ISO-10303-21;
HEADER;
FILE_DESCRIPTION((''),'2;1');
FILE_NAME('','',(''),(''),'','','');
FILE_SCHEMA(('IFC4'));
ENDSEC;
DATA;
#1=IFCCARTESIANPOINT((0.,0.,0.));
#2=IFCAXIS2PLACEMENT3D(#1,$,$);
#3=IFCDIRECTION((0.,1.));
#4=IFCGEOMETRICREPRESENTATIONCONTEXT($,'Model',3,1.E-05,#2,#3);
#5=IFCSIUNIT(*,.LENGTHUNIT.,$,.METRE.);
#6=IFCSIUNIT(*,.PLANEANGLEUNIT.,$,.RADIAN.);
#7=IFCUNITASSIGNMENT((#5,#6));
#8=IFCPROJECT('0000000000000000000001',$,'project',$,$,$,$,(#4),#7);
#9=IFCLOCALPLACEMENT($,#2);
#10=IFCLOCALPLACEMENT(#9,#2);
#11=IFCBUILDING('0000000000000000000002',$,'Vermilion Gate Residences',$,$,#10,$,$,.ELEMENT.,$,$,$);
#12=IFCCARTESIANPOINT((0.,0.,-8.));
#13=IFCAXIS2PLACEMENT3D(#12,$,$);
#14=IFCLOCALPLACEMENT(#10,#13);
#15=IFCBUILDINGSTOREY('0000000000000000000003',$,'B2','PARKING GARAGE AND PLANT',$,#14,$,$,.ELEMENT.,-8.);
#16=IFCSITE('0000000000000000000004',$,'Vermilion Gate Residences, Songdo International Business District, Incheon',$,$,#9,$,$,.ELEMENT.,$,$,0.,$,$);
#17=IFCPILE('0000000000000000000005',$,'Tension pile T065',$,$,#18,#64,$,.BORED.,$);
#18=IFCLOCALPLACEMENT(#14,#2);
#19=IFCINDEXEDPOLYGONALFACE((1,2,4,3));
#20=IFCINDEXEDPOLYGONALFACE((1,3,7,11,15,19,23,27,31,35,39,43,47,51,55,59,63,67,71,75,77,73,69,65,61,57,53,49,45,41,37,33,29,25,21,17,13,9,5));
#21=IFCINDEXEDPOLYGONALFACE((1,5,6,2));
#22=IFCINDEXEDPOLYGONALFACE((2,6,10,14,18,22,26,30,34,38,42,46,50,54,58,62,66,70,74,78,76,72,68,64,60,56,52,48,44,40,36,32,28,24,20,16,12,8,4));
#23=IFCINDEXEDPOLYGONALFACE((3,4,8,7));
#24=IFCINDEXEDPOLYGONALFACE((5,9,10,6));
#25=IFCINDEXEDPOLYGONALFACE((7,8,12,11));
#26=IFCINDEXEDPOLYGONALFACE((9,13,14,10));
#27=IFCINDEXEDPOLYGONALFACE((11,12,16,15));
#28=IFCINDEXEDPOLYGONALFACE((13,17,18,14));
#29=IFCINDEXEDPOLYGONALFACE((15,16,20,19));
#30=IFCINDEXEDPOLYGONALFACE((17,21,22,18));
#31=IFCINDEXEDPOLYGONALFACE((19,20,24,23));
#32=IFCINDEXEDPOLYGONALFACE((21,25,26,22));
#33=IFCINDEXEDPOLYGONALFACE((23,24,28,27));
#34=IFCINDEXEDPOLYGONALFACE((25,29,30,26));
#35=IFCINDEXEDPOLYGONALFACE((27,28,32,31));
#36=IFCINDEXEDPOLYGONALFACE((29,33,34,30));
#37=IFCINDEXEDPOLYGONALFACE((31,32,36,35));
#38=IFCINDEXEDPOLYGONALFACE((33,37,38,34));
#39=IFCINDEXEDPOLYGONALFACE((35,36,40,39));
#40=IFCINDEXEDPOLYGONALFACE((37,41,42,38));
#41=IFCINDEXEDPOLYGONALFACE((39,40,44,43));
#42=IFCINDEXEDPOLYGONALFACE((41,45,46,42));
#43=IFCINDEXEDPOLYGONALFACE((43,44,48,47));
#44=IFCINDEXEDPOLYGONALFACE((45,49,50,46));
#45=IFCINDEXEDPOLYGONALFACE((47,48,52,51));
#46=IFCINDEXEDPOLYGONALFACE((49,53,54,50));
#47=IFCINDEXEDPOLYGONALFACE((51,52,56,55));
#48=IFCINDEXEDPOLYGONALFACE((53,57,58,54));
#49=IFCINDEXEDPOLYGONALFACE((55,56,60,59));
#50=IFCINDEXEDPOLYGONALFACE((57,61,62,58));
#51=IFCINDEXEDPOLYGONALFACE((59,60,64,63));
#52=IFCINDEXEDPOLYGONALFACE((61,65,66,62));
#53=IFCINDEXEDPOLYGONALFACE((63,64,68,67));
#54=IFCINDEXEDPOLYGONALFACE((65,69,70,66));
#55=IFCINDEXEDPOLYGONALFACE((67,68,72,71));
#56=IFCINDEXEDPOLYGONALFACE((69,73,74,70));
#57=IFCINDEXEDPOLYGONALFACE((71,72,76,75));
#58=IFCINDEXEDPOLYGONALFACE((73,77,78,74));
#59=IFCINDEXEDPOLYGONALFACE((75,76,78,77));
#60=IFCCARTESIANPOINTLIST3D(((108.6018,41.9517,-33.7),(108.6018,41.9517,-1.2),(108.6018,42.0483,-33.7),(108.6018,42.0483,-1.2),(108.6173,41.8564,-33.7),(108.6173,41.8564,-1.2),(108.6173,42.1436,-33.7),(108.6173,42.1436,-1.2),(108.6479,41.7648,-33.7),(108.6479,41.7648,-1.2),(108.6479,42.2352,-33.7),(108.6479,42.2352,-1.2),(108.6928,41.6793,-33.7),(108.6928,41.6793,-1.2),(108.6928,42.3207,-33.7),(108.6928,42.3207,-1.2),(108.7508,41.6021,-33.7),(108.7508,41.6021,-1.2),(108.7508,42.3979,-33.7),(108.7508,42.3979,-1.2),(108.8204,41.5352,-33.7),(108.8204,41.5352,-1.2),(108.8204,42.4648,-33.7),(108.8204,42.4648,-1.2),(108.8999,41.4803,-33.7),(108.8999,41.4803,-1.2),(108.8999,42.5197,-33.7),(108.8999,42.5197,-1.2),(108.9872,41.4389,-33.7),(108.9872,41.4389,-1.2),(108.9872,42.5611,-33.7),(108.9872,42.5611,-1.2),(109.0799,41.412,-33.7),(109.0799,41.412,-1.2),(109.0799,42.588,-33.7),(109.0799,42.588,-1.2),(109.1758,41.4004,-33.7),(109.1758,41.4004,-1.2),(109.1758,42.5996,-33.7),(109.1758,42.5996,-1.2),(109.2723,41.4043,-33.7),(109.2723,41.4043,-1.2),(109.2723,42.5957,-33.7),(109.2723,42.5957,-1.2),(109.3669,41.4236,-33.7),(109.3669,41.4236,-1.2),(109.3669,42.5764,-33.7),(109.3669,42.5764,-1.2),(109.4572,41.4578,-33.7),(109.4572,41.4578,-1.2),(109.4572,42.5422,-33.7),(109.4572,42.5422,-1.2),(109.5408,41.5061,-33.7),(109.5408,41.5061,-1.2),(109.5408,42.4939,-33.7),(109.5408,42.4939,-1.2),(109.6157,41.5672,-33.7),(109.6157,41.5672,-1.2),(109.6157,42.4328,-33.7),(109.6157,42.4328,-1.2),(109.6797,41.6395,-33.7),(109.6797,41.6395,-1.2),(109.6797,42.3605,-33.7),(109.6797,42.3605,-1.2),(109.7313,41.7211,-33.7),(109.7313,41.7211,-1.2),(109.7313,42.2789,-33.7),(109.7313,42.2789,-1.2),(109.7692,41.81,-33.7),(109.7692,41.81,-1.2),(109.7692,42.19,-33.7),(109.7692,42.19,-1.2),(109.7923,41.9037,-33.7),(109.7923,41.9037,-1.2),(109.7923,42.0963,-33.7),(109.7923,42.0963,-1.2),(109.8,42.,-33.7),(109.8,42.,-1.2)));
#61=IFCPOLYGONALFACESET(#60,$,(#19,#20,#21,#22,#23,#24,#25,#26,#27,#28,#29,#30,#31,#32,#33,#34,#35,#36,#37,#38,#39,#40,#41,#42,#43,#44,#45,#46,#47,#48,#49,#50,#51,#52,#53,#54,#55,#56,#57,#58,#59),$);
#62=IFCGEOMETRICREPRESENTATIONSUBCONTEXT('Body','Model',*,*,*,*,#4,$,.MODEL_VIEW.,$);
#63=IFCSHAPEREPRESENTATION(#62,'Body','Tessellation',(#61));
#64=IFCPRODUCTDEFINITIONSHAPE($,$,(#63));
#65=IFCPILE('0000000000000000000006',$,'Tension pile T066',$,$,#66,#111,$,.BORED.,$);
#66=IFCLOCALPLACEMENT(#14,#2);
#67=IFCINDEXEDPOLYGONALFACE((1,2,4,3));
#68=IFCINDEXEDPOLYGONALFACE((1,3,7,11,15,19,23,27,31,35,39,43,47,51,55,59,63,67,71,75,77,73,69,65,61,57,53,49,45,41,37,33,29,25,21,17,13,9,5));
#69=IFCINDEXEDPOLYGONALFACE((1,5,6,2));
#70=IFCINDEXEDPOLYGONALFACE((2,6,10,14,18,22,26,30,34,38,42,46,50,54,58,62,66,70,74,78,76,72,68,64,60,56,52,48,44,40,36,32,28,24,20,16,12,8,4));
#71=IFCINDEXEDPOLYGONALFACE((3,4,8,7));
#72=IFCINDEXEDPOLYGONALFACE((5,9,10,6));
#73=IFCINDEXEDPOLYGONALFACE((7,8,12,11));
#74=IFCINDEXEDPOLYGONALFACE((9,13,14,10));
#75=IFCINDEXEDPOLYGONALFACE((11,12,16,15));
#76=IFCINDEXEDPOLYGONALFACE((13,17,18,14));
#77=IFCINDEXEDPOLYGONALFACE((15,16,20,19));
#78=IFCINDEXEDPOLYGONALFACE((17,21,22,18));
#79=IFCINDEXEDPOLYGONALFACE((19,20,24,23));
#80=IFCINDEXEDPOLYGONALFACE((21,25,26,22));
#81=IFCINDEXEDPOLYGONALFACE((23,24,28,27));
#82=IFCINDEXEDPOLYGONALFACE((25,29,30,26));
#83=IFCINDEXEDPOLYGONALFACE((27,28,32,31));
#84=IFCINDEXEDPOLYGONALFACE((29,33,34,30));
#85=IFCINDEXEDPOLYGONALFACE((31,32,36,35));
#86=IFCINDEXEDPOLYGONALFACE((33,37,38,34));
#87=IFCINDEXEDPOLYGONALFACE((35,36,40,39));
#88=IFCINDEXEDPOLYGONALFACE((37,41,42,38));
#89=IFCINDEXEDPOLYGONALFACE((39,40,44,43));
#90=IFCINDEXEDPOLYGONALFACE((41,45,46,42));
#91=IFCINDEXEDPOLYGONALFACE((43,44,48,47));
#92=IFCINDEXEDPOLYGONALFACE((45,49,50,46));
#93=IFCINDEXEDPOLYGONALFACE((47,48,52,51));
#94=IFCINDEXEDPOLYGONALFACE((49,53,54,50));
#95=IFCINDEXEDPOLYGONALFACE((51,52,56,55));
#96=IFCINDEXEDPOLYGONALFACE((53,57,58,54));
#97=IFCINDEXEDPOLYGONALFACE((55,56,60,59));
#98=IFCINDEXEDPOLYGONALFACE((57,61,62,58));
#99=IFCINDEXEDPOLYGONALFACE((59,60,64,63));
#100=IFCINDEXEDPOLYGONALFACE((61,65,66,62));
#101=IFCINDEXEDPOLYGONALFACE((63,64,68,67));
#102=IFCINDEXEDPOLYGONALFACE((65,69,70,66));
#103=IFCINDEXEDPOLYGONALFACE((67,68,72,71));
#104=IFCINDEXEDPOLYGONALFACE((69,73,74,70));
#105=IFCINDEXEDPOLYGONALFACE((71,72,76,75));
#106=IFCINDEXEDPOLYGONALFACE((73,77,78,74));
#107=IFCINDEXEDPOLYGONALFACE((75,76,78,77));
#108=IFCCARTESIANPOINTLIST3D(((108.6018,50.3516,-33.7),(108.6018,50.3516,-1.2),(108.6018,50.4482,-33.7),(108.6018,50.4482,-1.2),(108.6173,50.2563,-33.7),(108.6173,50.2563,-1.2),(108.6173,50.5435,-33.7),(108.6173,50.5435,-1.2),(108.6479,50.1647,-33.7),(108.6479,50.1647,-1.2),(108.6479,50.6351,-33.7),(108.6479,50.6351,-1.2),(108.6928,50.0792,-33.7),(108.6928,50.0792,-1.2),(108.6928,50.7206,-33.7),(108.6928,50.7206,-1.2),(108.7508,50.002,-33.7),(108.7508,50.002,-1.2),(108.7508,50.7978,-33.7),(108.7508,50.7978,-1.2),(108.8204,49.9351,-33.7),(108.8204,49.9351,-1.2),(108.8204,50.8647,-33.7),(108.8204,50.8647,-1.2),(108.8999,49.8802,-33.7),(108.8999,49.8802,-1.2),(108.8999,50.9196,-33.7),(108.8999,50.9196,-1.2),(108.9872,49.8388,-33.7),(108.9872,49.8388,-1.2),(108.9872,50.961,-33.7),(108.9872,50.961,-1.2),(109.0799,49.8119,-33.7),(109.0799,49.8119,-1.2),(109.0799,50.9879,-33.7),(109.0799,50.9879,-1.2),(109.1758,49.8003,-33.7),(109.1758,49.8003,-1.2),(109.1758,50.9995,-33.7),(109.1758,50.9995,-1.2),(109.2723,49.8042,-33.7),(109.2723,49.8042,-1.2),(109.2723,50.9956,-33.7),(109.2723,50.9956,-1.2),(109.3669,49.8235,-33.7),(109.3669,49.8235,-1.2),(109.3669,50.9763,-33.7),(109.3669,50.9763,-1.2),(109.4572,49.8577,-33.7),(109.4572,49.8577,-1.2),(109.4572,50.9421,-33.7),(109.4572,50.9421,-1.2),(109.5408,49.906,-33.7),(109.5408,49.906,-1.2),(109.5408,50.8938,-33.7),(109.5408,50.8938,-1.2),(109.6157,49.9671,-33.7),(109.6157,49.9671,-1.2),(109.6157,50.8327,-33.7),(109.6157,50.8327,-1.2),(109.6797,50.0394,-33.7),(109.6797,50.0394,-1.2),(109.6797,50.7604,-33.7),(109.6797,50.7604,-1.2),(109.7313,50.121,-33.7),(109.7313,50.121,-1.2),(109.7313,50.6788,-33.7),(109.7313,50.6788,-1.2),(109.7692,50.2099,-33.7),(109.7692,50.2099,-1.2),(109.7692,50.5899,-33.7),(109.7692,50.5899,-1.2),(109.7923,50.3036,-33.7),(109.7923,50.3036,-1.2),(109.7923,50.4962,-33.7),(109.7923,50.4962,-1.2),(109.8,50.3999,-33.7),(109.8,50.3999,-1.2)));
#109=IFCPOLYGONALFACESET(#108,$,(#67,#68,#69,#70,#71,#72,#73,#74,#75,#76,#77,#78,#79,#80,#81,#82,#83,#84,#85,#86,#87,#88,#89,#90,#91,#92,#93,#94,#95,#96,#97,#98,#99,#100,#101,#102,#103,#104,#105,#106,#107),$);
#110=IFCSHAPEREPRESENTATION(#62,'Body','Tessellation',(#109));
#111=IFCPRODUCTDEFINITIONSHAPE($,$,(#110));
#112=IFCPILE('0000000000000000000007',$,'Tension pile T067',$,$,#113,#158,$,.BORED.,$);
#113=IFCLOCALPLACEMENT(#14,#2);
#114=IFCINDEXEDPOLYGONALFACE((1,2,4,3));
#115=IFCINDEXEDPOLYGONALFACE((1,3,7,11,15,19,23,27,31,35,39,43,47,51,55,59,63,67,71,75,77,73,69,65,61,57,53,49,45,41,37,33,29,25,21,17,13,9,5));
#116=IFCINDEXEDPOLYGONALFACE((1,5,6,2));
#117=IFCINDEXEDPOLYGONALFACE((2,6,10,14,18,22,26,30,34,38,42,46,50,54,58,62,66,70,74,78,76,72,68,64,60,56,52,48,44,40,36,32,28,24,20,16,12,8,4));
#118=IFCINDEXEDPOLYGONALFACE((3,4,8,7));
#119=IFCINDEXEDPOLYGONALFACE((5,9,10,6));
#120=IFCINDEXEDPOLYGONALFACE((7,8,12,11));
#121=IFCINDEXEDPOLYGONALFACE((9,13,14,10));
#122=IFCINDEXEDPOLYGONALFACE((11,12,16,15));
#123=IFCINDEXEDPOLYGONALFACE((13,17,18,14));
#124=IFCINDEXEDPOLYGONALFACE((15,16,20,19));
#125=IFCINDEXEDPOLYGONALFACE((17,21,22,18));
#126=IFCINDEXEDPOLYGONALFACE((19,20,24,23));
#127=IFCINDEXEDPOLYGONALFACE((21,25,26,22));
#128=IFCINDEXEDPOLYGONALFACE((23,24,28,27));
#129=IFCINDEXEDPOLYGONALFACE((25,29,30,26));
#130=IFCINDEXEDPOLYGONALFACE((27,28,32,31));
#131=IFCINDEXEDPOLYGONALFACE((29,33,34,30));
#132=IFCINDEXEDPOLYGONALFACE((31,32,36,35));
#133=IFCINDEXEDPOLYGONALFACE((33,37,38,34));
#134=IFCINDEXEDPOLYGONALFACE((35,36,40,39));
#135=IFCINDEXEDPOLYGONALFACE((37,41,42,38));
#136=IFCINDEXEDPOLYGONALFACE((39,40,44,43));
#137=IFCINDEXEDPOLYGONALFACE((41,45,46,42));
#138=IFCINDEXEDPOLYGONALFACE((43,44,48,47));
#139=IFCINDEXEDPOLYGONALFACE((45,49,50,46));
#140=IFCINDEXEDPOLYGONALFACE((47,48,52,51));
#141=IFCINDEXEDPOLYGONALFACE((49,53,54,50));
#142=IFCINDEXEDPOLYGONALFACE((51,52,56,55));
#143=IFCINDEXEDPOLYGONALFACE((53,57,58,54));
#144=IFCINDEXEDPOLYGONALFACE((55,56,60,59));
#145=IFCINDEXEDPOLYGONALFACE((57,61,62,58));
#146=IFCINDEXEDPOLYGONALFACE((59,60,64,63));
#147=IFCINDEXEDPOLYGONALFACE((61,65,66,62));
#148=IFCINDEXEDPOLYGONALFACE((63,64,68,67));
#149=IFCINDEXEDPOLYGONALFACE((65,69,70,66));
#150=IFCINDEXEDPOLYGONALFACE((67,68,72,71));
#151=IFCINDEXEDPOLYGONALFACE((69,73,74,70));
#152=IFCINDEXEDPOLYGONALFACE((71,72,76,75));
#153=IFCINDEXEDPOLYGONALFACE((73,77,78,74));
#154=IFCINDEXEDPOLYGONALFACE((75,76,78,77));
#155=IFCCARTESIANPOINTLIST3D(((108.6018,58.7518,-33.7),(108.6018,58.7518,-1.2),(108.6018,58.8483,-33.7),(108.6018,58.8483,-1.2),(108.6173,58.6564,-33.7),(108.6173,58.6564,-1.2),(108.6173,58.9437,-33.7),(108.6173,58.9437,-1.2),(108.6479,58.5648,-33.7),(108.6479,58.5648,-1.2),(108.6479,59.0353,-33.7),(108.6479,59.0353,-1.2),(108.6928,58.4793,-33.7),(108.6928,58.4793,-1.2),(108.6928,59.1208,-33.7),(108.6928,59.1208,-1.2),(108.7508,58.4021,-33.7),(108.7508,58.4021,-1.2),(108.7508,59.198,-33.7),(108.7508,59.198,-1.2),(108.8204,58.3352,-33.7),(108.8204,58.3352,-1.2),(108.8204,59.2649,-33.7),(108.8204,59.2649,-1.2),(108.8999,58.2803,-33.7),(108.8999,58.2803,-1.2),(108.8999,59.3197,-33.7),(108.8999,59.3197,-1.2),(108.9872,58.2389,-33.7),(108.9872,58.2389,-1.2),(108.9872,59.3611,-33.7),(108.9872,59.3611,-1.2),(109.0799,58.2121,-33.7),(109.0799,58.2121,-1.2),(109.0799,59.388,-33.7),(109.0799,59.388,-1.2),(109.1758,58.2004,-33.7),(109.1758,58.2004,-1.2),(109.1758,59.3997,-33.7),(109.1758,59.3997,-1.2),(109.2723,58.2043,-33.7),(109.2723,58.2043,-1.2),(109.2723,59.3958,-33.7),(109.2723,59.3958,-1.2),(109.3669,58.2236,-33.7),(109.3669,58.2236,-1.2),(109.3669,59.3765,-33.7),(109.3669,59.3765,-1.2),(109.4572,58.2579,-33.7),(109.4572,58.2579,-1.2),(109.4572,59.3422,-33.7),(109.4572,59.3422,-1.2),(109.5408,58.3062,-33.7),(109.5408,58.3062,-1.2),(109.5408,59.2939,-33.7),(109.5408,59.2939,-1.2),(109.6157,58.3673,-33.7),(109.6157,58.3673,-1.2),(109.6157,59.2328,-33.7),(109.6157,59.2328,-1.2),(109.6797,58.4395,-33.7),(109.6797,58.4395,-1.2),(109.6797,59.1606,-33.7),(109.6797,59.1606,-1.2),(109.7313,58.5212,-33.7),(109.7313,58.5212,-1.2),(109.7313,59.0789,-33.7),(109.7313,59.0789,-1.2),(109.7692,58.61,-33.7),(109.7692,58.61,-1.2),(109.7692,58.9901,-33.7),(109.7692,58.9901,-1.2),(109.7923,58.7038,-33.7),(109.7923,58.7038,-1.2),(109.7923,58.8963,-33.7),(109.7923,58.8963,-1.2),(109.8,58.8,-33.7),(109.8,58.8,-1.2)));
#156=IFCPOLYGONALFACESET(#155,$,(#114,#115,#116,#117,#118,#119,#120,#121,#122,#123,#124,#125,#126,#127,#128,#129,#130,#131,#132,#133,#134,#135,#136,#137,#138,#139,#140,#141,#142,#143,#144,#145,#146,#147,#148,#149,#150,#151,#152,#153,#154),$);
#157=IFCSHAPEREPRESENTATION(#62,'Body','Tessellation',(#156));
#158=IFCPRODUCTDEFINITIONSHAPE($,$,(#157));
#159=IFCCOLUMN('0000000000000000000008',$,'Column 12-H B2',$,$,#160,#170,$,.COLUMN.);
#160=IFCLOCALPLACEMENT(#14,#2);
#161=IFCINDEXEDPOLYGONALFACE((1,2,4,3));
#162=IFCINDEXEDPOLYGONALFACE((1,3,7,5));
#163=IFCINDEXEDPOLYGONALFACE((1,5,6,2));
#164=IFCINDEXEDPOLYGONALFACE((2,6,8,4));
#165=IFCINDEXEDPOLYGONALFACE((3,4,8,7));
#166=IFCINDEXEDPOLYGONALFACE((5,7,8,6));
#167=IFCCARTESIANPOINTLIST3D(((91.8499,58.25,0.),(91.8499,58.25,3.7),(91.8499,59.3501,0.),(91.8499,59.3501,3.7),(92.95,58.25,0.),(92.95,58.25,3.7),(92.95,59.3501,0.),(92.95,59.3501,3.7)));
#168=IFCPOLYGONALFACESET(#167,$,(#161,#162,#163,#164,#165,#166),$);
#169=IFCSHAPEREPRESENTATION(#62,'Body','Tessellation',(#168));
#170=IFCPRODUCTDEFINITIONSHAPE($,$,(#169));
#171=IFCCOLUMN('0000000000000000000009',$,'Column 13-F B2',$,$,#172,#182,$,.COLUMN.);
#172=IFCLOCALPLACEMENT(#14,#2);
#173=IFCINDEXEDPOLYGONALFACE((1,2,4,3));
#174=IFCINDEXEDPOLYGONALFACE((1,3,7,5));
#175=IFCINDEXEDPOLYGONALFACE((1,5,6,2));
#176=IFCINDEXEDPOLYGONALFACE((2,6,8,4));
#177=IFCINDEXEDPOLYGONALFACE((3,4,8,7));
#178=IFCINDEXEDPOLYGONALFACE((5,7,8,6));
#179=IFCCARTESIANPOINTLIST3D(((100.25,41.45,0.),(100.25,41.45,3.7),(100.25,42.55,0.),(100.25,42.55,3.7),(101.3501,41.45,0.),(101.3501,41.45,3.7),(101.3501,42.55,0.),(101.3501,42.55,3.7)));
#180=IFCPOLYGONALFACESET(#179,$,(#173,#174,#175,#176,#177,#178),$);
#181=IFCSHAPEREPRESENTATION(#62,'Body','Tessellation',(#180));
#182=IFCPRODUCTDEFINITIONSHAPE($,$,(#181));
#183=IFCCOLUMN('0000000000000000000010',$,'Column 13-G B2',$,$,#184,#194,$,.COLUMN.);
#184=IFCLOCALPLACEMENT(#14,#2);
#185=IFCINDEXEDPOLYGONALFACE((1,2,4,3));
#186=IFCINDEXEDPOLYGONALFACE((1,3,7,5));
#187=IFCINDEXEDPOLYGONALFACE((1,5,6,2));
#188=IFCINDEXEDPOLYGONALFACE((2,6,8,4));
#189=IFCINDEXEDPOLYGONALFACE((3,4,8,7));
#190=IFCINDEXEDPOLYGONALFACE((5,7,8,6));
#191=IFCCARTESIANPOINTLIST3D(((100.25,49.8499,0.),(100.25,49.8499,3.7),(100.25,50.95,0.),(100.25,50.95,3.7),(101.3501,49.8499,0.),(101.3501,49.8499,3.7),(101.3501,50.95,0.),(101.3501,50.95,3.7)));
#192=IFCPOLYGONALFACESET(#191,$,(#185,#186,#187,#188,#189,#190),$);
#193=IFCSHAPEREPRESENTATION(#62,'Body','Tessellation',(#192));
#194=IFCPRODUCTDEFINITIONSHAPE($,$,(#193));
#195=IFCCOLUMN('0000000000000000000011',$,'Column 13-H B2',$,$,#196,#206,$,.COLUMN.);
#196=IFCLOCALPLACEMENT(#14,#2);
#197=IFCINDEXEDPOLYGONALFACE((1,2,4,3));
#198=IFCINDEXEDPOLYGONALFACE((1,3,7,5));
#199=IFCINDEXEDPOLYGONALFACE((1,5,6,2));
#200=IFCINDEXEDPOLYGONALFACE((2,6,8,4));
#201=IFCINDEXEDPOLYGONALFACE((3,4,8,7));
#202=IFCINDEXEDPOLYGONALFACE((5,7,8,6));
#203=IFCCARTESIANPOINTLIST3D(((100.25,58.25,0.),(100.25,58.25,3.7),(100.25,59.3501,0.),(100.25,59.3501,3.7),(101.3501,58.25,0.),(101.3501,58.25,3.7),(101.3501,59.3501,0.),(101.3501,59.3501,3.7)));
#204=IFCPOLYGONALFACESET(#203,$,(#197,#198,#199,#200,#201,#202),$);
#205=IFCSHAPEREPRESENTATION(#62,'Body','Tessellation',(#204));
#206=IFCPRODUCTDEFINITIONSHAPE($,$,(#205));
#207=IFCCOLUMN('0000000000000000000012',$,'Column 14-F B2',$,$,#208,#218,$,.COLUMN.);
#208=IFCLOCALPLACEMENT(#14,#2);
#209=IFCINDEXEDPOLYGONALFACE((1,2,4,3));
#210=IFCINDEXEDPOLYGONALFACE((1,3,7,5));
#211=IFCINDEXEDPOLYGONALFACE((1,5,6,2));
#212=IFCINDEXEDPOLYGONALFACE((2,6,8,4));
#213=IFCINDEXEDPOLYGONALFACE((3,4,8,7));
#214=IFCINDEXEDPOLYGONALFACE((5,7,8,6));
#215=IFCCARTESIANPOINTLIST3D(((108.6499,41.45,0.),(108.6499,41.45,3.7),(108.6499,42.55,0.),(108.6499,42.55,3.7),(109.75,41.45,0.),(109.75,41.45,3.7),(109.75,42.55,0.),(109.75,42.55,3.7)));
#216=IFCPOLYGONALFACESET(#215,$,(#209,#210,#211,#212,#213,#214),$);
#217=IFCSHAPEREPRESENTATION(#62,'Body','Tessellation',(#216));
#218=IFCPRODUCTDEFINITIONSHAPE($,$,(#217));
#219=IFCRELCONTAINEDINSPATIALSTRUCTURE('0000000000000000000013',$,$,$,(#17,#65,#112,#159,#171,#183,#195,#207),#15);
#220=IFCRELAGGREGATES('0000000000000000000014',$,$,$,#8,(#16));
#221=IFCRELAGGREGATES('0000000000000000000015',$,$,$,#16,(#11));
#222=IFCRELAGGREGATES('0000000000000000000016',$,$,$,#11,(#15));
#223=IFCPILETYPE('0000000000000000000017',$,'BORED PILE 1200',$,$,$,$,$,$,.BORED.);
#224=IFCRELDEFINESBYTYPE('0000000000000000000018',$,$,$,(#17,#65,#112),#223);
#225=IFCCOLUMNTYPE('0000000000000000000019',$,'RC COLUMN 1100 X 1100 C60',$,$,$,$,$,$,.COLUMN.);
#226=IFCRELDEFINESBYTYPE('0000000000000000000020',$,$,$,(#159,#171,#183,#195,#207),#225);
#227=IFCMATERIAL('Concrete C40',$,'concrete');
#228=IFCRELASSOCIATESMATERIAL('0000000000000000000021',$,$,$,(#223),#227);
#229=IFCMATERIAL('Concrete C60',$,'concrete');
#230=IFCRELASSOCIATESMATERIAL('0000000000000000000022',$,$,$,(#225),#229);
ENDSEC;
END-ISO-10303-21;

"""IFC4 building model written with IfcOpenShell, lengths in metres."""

from ifc_helpers import new_model, si_unit, direction, frame, origin, origin_2d, place, context, subcontext, project, spatial, rectangle, circle, extrude, material, material_profile, profile_set, type_object, element, save


model = new_model("IFC4")

# Units and contexts
model_context = context("Model", 3, precision=1e-05, world=origin(), true_north=direction((0.0, 1.0)))
body_context = subcontext(model_context, "Body", "Model", "MODEL_VIEW")
ifc_project = project(units=[si_unit("LENGTHUNIT", "METRE"), si_unit("PLANEANGLEUNIT", "RADIAN")], contexts=[model_context])

# Site, building, storey
site_placement = place(None, origin())
site = spatial("IfcSite", under=ifc_project, at=site_placement, Name="Vermilion Gate Residences, Songdo International Business District, Incheon", CompositionType="ELEMENT", RefElevation=0.0)
building_placement = place(site_placement, origin())
building = spatial("IfcBuilding", under=site, at=building_placement, Name="Vermilion Gate Residences", CompositionType="ELEMENT")
storey_placement = place(building_placement, frame((0.0, 0.0, -8.0)))
storey = spatial("IfcBuildingStorey", under=building, at=storey_placement, Name="B2", Description="PARKING GARAGE AND PLANT", CompositionType="ELEMENT", Elevation=-8.0)

# Piles
ifc_material_1 = material(Name="Concrete C40", Category="concrete")
ifc_material_profile_1 = material_profile(ifc_material_1, circle(Radius=0.6001, at=origin_2d()), Name="BORED PILE 1200")
ifc_profile_set_1 = profile_set([ifc_material_profile_1], Name="Concrete C40")
pile_type = type_object("IfcPileType", Name="BORED PILE 1200", PredefinedType="BORED", material=ifc_profile_set_1)
for number, where, z_axis, x_axis, name in (
    (1, (109.2, 42.0, -1.2), (0.0, 0.0, -1.0), (1.0, 0.0, 0.0), "Tension pile T065"),
    (2, (109.2, 50.3999, -1.2), (0.0, 0.0, -1.0), (1.0, 0.0, 0.0), "Tension pile T066"),
    (3, (109.2, 58.8, -1.2), (0.0, 0.0, -1.0), (1.0, 0.0, 0.0), "Tension pile T067"),
):
    element("IfcPile", number, at=place(storey_placement, frame(where, z_axis=z_axis, x_axis=x_axis)), inside=storey, type_object=pile_type, Name=name, PredefinedType="BORED", context=body_context, shape_type="SweptSolid", body=[
        extrude(circle(Radius=0.6001, at=origin_2d()), origin(), (0.0, 0.0, 1.0), 32.5),
    ])

# Columns
ifc_material_2 = material(Name="Concrete C60", Category="concrete")
ifc_material_profile_2 = material_profile(ifc_material_2, rectangle(XDim=1.1001, YDim=1.1001, at=origin_2d()), Name="RC-1100x1100")
ifc_profile_set_2 = profile_set([ifc_material_profile_2], Name="Concrete C60")
column_type = type_object("IfcColumnType", Name="RC COLUMN 1100 X 1100 C60", PredefinedType="COLUMN", material=ifc_profile_set_2)
for number, where, z_axis, x_axis, name in (
    (4, (92.3999, 58.8, 0.0), (0.0, 0.0, 1.0), (1.0, 0.0, 0.0), "Column 12-H B2"),
    (5, (100.8, 42.0, 0.0), (0.0, 0.0, 1.0), (1.0, 0.0, 0.0), "Column 13-F B2"),
    (6, (100.8, 50.3999, 0.0), (0.0, 0.0, 1.0), (1.0, 0.0, 0.0), "Column 13-G B2"),
    (7, (100.8, 58.8, 0.0), (0.0, 0.0, 1.0), (1.0, 0.0, 0.0), "Column 13-H B2"),
    (8, (109.2, 42.0, 0.0), (0.0, 0.0, 1.0), (1.0, 0.0, 0.0), "Column 14-F B2"),
):
    element("IfcColumn", number, at=place(storey_placement, frame(where, z_axis=z_axis, x_axis=x_axis)), inside=storey, type_object=column_type, Name=name, PredefinedType="COLUMN", context=body_context, shape_type="SweptSolid", body=[
        extrude(rectangle(XDim=1.1001, YDim=1.1001, at=origin_2d()), origin(), (0.0, 0.0, 1.0), 3.7),
    ])

save(model, "model.ifc")
